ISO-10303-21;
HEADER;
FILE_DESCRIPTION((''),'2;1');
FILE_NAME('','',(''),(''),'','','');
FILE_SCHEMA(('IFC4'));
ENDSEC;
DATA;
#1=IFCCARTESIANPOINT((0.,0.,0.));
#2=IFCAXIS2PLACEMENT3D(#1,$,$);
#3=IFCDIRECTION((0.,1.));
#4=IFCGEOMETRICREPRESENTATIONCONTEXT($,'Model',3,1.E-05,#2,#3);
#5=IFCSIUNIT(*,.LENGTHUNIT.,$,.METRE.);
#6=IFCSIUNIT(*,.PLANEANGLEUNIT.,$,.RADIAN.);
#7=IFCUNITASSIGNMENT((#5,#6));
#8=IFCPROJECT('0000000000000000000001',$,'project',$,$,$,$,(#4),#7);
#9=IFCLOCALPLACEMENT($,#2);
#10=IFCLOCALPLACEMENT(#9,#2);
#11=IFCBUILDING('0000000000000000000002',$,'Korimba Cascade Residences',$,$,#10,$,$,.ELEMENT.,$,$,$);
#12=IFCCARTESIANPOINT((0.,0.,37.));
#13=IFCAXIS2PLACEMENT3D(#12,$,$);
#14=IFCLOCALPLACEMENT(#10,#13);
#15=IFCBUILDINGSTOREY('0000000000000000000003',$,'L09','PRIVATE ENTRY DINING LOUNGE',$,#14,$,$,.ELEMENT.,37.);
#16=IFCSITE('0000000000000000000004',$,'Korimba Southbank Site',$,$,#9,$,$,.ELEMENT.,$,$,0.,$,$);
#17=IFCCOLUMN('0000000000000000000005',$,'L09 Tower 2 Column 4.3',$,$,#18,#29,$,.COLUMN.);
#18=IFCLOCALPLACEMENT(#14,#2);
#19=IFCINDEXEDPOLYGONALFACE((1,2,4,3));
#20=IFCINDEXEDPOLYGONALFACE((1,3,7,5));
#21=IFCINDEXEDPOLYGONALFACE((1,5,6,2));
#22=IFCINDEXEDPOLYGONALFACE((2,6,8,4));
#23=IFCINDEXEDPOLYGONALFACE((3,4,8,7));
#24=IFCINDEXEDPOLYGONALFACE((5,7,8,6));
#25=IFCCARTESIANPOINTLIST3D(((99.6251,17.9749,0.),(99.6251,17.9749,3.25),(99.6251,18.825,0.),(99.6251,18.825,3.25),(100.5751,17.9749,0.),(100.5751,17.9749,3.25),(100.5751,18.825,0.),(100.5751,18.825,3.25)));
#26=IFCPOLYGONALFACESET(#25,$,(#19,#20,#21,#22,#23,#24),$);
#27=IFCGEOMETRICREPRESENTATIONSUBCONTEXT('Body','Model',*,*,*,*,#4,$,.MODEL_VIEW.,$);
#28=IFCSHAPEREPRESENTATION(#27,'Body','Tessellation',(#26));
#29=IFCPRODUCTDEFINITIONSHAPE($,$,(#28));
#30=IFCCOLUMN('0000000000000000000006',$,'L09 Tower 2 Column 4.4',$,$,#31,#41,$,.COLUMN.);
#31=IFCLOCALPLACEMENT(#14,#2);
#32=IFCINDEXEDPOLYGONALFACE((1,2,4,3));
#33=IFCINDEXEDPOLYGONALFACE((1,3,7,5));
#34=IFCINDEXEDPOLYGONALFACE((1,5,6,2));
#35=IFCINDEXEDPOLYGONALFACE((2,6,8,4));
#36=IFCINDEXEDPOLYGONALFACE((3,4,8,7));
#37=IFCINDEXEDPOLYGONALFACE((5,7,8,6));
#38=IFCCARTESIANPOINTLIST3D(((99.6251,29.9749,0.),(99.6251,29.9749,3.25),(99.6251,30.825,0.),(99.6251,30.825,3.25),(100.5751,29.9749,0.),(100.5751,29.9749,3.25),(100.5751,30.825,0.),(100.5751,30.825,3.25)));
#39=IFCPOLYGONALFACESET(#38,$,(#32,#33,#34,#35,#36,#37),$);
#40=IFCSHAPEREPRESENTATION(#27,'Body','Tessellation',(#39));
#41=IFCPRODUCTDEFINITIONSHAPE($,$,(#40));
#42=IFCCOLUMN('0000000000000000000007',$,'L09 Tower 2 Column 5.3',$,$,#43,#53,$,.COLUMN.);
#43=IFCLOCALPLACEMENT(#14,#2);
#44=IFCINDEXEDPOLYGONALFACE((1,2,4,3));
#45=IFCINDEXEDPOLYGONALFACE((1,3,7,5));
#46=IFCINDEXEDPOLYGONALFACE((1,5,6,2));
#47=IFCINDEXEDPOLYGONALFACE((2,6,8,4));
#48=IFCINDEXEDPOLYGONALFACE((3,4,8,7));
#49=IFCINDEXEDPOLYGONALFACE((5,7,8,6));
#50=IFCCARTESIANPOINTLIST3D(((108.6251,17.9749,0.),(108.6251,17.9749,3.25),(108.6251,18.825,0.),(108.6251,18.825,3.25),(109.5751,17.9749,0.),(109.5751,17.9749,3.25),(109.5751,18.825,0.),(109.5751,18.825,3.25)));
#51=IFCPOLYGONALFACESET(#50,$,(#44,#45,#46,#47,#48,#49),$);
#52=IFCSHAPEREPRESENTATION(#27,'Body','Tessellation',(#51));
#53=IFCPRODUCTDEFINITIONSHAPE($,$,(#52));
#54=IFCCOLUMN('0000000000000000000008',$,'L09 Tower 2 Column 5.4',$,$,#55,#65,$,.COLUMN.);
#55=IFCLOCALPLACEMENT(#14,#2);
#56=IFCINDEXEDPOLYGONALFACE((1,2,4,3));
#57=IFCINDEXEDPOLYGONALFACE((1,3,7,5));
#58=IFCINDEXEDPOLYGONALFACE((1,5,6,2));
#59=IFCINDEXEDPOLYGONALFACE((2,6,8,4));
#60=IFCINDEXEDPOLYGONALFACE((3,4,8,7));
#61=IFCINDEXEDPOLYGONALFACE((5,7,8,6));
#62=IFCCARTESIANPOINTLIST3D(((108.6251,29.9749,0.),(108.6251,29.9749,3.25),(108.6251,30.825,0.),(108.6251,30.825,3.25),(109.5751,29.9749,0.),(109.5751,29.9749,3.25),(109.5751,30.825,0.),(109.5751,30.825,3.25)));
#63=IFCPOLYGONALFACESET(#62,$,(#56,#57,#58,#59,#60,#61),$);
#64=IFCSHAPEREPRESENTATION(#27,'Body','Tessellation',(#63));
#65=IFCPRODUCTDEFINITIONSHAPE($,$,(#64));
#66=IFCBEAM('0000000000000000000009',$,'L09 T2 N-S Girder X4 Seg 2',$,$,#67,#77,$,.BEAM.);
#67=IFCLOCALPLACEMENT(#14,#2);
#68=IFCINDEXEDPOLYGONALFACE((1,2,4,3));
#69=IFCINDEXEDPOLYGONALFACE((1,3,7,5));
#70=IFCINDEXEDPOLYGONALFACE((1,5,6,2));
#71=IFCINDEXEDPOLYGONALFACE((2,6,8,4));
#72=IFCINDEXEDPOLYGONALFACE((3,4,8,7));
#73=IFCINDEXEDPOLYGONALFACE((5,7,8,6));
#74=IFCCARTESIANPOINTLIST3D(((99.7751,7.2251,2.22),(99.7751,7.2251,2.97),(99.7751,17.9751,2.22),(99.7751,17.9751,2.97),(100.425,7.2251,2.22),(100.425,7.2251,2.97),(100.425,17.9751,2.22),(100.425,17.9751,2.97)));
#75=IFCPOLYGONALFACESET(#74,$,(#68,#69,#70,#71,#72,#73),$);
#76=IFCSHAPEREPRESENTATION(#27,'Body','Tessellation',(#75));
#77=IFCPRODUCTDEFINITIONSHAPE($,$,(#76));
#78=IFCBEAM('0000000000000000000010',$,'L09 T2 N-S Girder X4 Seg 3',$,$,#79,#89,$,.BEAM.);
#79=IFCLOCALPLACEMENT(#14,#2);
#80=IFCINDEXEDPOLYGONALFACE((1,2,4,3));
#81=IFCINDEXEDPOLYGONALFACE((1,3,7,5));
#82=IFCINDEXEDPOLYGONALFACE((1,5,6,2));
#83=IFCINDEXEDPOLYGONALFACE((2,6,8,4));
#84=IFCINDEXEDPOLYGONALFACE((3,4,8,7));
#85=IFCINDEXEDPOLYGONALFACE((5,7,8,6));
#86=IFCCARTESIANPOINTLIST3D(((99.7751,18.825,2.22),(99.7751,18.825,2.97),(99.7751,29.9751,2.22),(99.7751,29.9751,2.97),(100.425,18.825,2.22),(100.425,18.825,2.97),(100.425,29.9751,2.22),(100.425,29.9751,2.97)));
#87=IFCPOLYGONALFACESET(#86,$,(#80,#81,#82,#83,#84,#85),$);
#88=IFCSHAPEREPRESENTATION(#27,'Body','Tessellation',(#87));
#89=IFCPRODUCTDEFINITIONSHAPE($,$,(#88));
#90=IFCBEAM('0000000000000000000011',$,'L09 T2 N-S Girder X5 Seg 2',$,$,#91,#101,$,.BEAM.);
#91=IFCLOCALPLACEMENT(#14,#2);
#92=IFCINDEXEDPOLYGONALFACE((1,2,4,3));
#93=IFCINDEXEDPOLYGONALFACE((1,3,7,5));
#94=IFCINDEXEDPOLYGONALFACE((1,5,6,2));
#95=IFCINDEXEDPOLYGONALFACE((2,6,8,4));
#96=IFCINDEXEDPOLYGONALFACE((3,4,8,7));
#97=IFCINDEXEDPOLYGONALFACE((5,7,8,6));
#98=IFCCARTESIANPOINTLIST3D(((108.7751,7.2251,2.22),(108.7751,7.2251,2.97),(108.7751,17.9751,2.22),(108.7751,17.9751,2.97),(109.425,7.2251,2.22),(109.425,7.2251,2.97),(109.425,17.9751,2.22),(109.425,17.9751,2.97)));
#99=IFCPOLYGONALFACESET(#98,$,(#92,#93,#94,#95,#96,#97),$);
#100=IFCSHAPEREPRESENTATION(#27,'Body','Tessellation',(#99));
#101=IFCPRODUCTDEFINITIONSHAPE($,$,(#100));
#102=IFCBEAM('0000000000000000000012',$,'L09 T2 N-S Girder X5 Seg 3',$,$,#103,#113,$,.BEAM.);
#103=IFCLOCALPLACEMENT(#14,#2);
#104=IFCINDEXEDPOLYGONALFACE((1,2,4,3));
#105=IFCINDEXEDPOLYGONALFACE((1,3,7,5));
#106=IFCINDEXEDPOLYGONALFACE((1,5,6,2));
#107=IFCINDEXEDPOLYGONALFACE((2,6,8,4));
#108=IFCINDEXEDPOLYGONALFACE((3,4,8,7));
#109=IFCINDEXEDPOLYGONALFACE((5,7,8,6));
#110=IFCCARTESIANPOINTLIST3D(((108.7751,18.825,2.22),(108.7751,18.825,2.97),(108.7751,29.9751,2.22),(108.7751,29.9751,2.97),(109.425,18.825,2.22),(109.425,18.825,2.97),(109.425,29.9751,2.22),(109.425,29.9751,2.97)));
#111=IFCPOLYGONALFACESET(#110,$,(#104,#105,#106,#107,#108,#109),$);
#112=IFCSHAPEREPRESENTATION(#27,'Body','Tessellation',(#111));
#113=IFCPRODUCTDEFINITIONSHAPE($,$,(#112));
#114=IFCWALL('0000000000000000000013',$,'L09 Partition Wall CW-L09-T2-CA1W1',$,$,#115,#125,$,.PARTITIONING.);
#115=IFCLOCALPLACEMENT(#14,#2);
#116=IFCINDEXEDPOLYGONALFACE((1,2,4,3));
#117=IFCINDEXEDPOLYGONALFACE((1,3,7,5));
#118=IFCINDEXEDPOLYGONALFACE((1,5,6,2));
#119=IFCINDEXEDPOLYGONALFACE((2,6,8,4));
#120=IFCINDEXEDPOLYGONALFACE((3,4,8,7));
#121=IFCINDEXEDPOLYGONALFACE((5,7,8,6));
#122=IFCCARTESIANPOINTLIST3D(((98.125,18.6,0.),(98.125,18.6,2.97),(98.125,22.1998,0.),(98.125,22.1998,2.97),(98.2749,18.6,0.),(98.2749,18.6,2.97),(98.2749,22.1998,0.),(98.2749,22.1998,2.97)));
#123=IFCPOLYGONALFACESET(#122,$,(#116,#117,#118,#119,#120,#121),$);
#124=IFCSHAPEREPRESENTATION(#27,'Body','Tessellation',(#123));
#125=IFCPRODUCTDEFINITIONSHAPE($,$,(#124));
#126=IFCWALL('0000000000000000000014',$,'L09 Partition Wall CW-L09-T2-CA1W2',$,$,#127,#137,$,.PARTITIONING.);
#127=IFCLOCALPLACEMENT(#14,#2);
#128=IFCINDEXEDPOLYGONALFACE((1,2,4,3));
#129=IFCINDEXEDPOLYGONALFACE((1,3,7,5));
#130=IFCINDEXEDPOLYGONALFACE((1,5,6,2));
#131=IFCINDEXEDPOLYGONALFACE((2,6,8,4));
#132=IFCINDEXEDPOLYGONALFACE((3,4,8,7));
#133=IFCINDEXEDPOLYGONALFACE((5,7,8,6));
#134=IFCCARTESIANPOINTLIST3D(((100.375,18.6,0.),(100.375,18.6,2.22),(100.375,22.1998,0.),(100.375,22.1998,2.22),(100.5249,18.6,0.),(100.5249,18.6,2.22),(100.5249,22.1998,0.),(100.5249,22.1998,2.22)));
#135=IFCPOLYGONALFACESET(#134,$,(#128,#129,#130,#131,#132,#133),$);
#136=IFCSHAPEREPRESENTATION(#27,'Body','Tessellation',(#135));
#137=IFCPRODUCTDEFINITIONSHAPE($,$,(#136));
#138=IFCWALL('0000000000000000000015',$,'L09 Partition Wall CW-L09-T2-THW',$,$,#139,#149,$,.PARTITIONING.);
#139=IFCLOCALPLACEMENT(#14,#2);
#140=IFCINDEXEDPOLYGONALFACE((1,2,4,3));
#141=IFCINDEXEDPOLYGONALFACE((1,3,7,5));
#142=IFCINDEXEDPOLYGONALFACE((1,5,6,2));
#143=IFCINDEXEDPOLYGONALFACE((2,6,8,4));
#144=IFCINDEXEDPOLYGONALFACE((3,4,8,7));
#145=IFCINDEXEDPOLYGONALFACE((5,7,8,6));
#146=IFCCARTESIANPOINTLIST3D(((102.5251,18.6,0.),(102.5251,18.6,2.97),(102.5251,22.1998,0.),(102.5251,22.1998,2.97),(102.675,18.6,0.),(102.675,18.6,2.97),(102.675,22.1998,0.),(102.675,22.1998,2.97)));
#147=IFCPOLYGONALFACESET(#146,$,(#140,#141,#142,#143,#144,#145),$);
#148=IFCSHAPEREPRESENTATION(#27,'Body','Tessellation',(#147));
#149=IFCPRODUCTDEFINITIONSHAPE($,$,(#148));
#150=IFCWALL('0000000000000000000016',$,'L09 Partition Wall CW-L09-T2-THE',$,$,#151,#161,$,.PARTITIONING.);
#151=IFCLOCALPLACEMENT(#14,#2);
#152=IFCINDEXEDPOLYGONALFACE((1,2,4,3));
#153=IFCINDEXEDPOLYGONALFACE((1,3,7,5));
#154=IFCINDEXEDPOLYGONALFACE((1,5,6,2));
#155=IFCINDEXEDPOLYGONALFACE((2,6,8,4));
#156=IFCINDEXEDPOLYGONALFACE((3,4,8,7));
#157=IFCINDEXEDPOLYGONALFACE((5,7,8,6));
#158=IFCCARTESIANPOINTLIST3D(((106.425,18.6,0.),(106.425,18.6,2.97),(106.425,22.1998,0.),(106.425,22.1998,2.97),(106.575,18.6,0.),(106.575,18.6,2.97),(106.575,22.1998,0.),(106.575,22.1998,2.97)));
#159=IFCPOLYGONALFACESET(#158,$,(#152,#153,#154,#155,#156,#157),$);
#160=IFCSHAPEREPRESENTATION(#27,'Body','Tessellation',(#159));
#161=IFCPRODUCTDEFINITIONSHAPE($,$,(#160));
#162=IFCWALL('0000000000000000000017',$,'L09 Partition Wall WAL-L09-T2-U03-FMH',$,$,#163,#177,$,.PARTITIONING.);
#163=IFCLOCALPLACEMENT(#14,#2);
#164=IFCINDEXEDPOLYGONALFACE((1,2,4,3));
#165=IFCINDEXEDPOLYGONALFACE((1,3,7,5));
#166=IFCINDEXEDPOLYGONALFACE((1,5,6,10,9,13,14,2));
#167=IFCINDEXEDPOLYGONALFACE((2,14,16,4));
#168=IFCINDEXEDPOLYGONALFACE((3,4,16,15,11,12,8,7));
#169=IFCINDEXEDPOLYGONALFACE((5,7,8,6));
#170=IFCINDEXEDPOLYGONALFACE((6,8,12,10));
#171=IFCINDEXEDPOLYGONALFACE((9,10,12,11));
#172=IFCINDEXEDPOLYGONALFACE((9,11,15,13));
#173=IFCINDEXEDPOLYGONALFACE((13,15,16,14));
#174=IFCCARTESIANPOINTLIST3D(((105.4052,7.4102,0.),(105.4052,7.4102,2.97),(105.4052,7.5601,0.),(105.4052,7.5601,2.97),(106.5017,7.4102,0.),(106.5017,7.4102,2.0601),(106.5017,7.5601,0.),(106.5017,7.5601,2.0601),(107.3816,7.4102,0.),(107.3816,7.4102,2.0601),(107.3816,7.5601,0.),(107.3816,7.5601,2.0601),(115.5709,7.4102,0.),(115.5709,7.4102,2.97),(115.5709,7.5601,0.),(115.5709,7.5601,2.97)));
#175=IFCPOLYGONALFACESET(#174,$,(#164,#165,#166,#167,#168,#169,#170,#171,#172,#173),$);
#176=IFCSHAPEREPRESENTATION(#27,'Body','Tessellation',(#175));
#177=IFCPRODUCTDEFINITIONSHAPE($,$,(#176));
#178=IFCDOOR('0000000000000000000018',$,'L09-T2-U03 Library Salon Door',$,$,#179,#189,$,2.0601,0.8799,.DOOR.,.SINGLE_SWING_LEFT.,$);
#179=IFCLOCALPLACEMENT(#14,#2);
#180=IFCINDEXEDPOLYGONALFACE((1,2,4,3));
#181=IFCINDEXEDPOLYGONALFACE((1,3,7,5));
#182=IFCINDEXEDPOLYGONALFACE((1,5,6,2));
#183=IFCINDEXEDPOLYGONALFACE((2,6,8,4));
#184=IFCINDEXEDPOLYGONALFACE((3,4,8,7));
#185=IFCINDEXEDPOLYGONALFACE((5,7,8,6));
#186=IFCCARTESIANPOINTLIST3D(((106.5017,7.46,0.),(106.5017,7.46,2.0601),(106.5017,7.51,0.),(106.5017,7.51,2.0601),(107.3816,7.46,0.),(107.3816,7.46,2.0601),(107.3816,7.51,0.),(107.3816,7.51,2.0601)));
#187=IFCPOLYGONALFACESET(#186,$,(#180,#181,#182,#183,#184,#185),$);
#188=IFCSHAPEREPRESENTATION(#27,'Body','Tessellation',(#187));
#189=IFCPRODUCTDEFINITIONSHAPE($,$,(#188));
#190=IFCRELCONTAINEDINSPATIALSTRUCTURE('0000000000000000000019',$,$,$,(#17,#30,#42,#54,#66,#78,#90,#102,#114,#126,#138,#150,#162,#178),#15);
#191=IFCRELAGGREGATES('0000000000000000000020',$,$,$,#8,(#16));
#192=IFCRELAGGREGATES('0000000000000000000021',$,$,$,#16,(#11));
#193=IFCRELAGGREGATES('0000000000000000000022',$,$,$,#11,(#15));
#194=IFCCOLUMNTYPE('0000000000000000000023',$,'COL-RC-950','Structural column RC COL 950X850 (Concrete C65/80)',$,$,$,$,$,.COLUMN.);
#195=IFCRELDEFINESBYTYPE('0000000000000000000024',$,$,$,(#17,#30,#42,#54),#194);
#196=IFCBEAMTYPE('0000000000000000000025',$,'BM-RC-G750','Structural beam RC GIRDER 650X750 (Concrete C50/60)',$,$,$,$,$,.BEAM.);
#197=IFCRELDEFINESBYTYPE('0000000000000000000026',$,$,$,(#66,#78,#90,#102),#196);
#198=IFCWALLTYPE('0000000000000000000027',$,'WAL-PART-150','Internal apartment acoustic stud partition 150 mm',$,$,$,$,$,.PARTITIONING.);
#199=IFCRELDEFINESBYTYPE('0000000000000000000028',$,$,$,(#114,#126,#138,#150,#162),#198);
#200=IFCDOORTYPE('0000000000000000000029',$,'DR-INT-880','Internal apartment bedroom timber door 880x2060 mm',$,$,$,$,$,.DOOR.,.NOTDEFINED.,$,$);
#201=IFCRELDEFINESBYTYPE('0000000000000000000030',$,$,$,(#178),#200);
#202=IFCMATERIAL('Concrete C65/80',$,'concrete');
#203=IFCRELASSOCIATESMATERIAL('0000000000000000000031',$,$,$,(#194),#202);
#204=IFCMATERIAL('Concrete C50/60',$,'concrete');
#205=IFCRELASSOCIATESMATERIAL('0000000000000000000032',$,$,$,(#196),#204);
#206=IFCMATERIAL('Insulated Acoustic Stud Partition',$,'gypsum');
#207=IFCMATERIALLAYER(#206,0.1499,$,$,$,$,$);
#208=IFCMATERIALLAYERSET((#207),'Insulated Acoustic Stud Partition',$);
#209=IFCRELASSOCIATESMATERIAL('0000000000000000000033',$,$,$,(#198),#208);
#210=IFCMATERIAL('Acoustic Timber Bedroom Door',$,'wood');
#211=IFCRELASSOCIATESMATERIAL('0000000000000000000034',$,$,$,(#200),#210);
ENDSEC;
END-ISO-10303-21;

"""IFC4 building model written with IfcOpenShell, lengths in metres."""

from ifc_helpers import new_model, si_unit, direction, frame, frame_2d, origin, origin_2d, place, context, subcontext, project, spatial, rectangle, extrude, material, layer, layer_set, material_profile, profile_set, type_object, element, fill, save


model = new_model("IFC4")

# Units and contexts
model_context = context("Model", 3, precision=1e-05, world=origin(), true_north=direction((0.0, 1.0)))
body_context = subcontext(model_context, "Body", "Model", "MODEL_VIEW")
ifc_project = project(units=[si_unit("LENGTHUNIT", "METRE"), si_unit("PLANEANGLEUNIT", "RADIAN")], contexts=[model_context])

# Site, building, storey
site_placement = place(None, origin())
site = spatial("IfcSite", under=ifc_project, at=site_placement, Name="Korimba Southbank Site", CompositionType="ELEMENT", RefElevation=0.0)
building_placement = place(site_placement, origin())
building = spatial("IfcBuilding", under=site, at=building_placement, Name="Korimba Cascade Residences", CompositionType="ELEMENT")
storey_placement = place(building_placement, frame((0.0, 0.0, 37.0)))
storey = spatial("IfcBuildingStorey", under=building, at=storey_placement, Name="L09", Description="PRIVATE ENTRY DINING LOUNGE", CompositionType="ELEMENT", Elevation=37.0)

# Columns
ifc_material_1 = material(Name="Concrete C65/80", Category="concrete")
ifc_material_profile_1 = material_profile(ifc_material_1, rectangle(XDim=0.95, YDim=0.8501, at=origin_2d()), Name="Concrete C65/80")
ifc_profile_set_1 = profile_set([ifc_material_profile_1], Name="Concrete C65/80")
column_type = type_object("IfcColumnType", Name="COL-RC-950", Description="Structural column RC COL 950X850 (Concrete C65/80)", PredefinedType="COLUMN", material=ifc_profile_set_1)
for number, where, z_axis, x_axis, name in (
    (1, (100.1001, 18.3999, 0.0), (0.0, 0.0, 1.0), (1.0, 0.0, 0.0), "L09 Tower 2 Column 4.3"),
    (2, (100.1001, 30.3999, 0.0), (0.0, 0.0, 1.0), (1.0, 0.0, 0.0), "L09 Tower 2 Column 4.4"),
    (3, (109.1001, 18.3999, 0.0), (0.0, 0.0, 1.0), (1.0, 0.0, 0.0), "L09 Tower 2 Column 5.3"),
    (4, (109.1001, 30.3999, 0.0), (0.0, 0.0, 1.0), (1.0, 0.0, 0.0), "L09 Tower 2 Column 5.4"),
):
    element("IfcColumn", number, at=place(storey_placement, frame(where, z_axis=z_axis, x_axis=x_axis)), inside=storey, type_object=column_type, Name=name, PredefinedType="COLUMN", context=body_context, shape_type="SweptSolid", body=[
        extrude(rectangle(XDim=0.95, YDim=0.8501, at=origin_2d()), origin(), (0.0, 0.0, 1.0), 3.25),
    ])

# Beams
ifc_material_2 = material(Name="Concrete C50/60", Category="concrete")
ifc_material_profile_2 = material_profile(ifc_material_2, rectangle(XDim=0.6499, YDim=0.75, at=origin_2d()), Name="Concrete C50/60")
ifc_profile_set_2 = profile_set([ifc_material_profile_2], Name="Concrete C50/60")
beam_type = type_object("IfcBeamType", Name="BM-RC-G750", Description="Structural beam RC GIRDER 650X750 (Concrete C50/60)", PredefinedType="BEAM", material=ifc_profile_set_2)
beam_1_placement = place(storey_placement, frame((100.1001, 7.2251, 2.595), z_axis=(0.0, 1.0, 0.0), x_axis=(-1.0, 0.0, 0.0)))
element("IfcBeam", 5, at=beam_1_placement, inside=storey, type_object=beam_type, Name="L09 T2 N-S Girder X4 Seg 2", PredefinedType="BEAM", context=body_context, shape_type="SweptSolid", body=[
    extrude(rectangle(XDim=0.6499, YDim=0.75, at=origin_2d()), origin(), (0.0, 0.0, 1.0), 10.75),
])
beam_2_placement = place(storey_placement, frame((100.1001, 18.825, 2.595), z_axis=(0.0, 1.0, 0.0), x_axis=(-1.0, 0.0, 0.0)))
element("IfcBeam", 6, at=beam_2_placement, inside=storey, type_object=beam_type, Name="L09 T2 N-S Girder X4 Seg 3", PredefinedType="BEAM", context=body_context, shape_type="SweptSolid", body=[
    extrude(rectangle(XDim=0.6499, YDim=0.75, at=origin_2d()), origin(), (0.0, 0.0, 1.0), 11.1501),
])
beam_3_placement = place(storey_placement, frame((109.1001, 7.2251, 2.595), z_axis=(0.0, 1.0, 0.0), x_axis=(-1.0, 0.0, 0.0)))
element("IfcBeam", 7, at=beam_3_placement, inside=storey, type_object=beam_type, Name="L09 T2 N-S Girder X5 Seg 2", PredefinedType="BEAM", context=body_context, shape_type="SweptSolid", body=[
    extrude(rectangle(XDim=0.6499, YDim=0.75, at=origin_2d()), origin(), (0.0, 0.0, 1.0), 10.75),
])
beam_4_placement = place(storey_placement, frame((109.1001, 18.825, 2.595), z_axis=(0.0, 1.0, 0.0), x_axis=(-1.0, 0.0, 0.0)))
element("IfcBeam", 8, at=beam_4_placement, inside=storey, type_object=beam_type, Name="L09 T2 N-S Girder X5 Seg 3", PredefinedType="BEAM", context=body_context, shape_type="SweptSolid", body=[
    extrude(rectangle(XDim=0.6499, YDim=0.75, at=origin_2d()), origin(), (0.0, 0.0, 1.0), 11.1501),
])

# Walls
ifc_material_3 = material(Name="Insulated Acoustic Stud Partition", Category="gypsum")
ifc_layer_1 = layer(ifc_material_3, 0.1499)
ifc_layer_set_1 = layer_set([ifc_layer_1], Name="Insulated Acoustic Stud Partition")
wall_type_1 = type_object("IfcWallType", Name="WAL-PART-150", Description="Internal apartment acoustic stud partition 150 mm", PredefinedType="PARTITIONING", material=ifc_layer_set_1)
wall_1_placement = place(storey_placement, frame((98.2, 18.6001, 0.0), z_axis=(0.0, 0.0, 1.0), x_axis=(0.0, 1.0, 0.0)))
element("IfcWall", 9, at=wall_1_placement, inside=storey, type_object=wall_type_1, Name="L09 Partition Wall CW-L09-T2-CA1W1", PredefinedType="PARTITIONING", context=body_context, shape_type="SweptSolid", body=[
    extrude(rectangle(XDim=3.5999, YDim=0.1499, at=frame_2d((1.7998, 0.0))), origin(), (0.0, 0.0, 1.0), 2.97),
])
wall_2_placement = place(storey_placement, frame((100.45, 18.6001, 0.0), z_axis=(0.0, 0.0, 1.0), x_axis=(0.0, 1.0, 0.0)))
element("IfcWall", 10, at=wall_2_placement, inside=storey, type_object=wall_type_1, Name="L09 Partition Wall CW-L09-T2-CA1W2", PredefinedType="PARTITIONING", context=body_context, shape_type="SweptSolid", body=[
    extrude(rectangle(XDim=3.5999, YDim=0.1499, at=frame_2d((1.7998, 0.0))), origin(), (0.0, 0.0, 1.0), 2.22),
])
for number, where, z_axis, x_axis, name in (
    (11, (102.6001, 18.6001, 0.0), (0.0, 0.0, 1.0), (0.0, 1.0, 0.0), "L09 Partition Wall CW-L09-T2-THW"),
    (12, (106.5, 18.6001, 0.0), (0.0, 0.0, 1.0), (0.0, 1.0, 0.0), "L09 Partition Wall CW-L09-T2-THE"),
):
    element("IfcWall", number, at=place(storey_placement, frame(where, z_axis=z_axis, x_axis=x_axis)), inside=storey, type_object=wall_type_1, Name=name, PredefinedType="PARTITIONING", context=body_context, shape_type="SweptSolid", body=[
        extrude(rectangle(XDim=3.5999, YDim=0.1499, at=frame_2d((1.7998, 0.0))), origin(), (0.0, 0.0, 1.0), 2.97),
    ])

# Wall, opening, door
wall_3_placement = place(storey_placement, frame((105.405, 7.4851, 0.0), z_axis=(0.0, 0.0, 1.0), x_axis=(1.0, 0.0, 0.0)))
wall_3 = element("IfcWall", 13, at=wall_3_placement, inside=storey, type_object=wall_type_1, Name="L09 Partition Wall WAL-L09-T2-U03-FMH", PredefinedType="PARTITIONING", context=body_context, shape_type="SweptSolid", body=[
    extrude(rectangle(XDim=10.1658, YDim=0.1499, at=frame_2d((5.083, 0.0))), origin(), (0.0, 0.0, 1.0), 2.97),
])
opening_1_placement = place(wall_3_placement, frame((1.0967, 0.0, 0.0)))
opening_1 = element("IfcOpeningElement", 14, at=opening_1_placement, cuts=wall_3, PredefinedType="OPENING", context=body_context, shape_type="SweptSolid", body=[
    extrude(rectangle(XDim=0.8799, YDim=2.0601, at=frame_2d((0.4399, 1.03))), frame((0.0, 0.085, 0.0), z_axis=(0.0, -1.0, 0.0), x_axis=(1.0, 0.0, 0.0)), (0.0, 0.0, 1.0), 0.1699),
])
ifc_material_4 = material(Name="Acoustic Timber Bedroom Door", Category="wood")
door_type_1 = type_object("IfcDoorType", Name="DR-INT-880", Description="Internal apartment bedroom timber door 880x2060 mm", OperationType="NOTDEFINED", PredefinedType="DOOR", material=ifc_material_4)
door_1_placement = place(opening_1_placement, origin())
door_1 = element("IfcDoor", 15, at=door_1_placement, inside=storey, type_object=door_type_1, Name="L09-T2-U03 Library Salon Door", OperationType="SINGLE_SWING_LEFT", OverallHeight=2.0601, OverallWidth=0.8799, PredefinedType="DOOR", context=body_context, shape_type="SweptSolid", body=[
    extrude(rectangle(XDim=0.8799, YDim=2.0601, at=frame_2d((0.4399, 1.03))), frame((0.0, 0.0249, 0.0), z_axis=(0.0, -1.0, 0.0), x_axis=(1.0, 0.0, 0.0)), (0.0, 0.0, 1.0), 0.05),
])
fill(opening_1, door_1)

save(model, "model.ifc")
